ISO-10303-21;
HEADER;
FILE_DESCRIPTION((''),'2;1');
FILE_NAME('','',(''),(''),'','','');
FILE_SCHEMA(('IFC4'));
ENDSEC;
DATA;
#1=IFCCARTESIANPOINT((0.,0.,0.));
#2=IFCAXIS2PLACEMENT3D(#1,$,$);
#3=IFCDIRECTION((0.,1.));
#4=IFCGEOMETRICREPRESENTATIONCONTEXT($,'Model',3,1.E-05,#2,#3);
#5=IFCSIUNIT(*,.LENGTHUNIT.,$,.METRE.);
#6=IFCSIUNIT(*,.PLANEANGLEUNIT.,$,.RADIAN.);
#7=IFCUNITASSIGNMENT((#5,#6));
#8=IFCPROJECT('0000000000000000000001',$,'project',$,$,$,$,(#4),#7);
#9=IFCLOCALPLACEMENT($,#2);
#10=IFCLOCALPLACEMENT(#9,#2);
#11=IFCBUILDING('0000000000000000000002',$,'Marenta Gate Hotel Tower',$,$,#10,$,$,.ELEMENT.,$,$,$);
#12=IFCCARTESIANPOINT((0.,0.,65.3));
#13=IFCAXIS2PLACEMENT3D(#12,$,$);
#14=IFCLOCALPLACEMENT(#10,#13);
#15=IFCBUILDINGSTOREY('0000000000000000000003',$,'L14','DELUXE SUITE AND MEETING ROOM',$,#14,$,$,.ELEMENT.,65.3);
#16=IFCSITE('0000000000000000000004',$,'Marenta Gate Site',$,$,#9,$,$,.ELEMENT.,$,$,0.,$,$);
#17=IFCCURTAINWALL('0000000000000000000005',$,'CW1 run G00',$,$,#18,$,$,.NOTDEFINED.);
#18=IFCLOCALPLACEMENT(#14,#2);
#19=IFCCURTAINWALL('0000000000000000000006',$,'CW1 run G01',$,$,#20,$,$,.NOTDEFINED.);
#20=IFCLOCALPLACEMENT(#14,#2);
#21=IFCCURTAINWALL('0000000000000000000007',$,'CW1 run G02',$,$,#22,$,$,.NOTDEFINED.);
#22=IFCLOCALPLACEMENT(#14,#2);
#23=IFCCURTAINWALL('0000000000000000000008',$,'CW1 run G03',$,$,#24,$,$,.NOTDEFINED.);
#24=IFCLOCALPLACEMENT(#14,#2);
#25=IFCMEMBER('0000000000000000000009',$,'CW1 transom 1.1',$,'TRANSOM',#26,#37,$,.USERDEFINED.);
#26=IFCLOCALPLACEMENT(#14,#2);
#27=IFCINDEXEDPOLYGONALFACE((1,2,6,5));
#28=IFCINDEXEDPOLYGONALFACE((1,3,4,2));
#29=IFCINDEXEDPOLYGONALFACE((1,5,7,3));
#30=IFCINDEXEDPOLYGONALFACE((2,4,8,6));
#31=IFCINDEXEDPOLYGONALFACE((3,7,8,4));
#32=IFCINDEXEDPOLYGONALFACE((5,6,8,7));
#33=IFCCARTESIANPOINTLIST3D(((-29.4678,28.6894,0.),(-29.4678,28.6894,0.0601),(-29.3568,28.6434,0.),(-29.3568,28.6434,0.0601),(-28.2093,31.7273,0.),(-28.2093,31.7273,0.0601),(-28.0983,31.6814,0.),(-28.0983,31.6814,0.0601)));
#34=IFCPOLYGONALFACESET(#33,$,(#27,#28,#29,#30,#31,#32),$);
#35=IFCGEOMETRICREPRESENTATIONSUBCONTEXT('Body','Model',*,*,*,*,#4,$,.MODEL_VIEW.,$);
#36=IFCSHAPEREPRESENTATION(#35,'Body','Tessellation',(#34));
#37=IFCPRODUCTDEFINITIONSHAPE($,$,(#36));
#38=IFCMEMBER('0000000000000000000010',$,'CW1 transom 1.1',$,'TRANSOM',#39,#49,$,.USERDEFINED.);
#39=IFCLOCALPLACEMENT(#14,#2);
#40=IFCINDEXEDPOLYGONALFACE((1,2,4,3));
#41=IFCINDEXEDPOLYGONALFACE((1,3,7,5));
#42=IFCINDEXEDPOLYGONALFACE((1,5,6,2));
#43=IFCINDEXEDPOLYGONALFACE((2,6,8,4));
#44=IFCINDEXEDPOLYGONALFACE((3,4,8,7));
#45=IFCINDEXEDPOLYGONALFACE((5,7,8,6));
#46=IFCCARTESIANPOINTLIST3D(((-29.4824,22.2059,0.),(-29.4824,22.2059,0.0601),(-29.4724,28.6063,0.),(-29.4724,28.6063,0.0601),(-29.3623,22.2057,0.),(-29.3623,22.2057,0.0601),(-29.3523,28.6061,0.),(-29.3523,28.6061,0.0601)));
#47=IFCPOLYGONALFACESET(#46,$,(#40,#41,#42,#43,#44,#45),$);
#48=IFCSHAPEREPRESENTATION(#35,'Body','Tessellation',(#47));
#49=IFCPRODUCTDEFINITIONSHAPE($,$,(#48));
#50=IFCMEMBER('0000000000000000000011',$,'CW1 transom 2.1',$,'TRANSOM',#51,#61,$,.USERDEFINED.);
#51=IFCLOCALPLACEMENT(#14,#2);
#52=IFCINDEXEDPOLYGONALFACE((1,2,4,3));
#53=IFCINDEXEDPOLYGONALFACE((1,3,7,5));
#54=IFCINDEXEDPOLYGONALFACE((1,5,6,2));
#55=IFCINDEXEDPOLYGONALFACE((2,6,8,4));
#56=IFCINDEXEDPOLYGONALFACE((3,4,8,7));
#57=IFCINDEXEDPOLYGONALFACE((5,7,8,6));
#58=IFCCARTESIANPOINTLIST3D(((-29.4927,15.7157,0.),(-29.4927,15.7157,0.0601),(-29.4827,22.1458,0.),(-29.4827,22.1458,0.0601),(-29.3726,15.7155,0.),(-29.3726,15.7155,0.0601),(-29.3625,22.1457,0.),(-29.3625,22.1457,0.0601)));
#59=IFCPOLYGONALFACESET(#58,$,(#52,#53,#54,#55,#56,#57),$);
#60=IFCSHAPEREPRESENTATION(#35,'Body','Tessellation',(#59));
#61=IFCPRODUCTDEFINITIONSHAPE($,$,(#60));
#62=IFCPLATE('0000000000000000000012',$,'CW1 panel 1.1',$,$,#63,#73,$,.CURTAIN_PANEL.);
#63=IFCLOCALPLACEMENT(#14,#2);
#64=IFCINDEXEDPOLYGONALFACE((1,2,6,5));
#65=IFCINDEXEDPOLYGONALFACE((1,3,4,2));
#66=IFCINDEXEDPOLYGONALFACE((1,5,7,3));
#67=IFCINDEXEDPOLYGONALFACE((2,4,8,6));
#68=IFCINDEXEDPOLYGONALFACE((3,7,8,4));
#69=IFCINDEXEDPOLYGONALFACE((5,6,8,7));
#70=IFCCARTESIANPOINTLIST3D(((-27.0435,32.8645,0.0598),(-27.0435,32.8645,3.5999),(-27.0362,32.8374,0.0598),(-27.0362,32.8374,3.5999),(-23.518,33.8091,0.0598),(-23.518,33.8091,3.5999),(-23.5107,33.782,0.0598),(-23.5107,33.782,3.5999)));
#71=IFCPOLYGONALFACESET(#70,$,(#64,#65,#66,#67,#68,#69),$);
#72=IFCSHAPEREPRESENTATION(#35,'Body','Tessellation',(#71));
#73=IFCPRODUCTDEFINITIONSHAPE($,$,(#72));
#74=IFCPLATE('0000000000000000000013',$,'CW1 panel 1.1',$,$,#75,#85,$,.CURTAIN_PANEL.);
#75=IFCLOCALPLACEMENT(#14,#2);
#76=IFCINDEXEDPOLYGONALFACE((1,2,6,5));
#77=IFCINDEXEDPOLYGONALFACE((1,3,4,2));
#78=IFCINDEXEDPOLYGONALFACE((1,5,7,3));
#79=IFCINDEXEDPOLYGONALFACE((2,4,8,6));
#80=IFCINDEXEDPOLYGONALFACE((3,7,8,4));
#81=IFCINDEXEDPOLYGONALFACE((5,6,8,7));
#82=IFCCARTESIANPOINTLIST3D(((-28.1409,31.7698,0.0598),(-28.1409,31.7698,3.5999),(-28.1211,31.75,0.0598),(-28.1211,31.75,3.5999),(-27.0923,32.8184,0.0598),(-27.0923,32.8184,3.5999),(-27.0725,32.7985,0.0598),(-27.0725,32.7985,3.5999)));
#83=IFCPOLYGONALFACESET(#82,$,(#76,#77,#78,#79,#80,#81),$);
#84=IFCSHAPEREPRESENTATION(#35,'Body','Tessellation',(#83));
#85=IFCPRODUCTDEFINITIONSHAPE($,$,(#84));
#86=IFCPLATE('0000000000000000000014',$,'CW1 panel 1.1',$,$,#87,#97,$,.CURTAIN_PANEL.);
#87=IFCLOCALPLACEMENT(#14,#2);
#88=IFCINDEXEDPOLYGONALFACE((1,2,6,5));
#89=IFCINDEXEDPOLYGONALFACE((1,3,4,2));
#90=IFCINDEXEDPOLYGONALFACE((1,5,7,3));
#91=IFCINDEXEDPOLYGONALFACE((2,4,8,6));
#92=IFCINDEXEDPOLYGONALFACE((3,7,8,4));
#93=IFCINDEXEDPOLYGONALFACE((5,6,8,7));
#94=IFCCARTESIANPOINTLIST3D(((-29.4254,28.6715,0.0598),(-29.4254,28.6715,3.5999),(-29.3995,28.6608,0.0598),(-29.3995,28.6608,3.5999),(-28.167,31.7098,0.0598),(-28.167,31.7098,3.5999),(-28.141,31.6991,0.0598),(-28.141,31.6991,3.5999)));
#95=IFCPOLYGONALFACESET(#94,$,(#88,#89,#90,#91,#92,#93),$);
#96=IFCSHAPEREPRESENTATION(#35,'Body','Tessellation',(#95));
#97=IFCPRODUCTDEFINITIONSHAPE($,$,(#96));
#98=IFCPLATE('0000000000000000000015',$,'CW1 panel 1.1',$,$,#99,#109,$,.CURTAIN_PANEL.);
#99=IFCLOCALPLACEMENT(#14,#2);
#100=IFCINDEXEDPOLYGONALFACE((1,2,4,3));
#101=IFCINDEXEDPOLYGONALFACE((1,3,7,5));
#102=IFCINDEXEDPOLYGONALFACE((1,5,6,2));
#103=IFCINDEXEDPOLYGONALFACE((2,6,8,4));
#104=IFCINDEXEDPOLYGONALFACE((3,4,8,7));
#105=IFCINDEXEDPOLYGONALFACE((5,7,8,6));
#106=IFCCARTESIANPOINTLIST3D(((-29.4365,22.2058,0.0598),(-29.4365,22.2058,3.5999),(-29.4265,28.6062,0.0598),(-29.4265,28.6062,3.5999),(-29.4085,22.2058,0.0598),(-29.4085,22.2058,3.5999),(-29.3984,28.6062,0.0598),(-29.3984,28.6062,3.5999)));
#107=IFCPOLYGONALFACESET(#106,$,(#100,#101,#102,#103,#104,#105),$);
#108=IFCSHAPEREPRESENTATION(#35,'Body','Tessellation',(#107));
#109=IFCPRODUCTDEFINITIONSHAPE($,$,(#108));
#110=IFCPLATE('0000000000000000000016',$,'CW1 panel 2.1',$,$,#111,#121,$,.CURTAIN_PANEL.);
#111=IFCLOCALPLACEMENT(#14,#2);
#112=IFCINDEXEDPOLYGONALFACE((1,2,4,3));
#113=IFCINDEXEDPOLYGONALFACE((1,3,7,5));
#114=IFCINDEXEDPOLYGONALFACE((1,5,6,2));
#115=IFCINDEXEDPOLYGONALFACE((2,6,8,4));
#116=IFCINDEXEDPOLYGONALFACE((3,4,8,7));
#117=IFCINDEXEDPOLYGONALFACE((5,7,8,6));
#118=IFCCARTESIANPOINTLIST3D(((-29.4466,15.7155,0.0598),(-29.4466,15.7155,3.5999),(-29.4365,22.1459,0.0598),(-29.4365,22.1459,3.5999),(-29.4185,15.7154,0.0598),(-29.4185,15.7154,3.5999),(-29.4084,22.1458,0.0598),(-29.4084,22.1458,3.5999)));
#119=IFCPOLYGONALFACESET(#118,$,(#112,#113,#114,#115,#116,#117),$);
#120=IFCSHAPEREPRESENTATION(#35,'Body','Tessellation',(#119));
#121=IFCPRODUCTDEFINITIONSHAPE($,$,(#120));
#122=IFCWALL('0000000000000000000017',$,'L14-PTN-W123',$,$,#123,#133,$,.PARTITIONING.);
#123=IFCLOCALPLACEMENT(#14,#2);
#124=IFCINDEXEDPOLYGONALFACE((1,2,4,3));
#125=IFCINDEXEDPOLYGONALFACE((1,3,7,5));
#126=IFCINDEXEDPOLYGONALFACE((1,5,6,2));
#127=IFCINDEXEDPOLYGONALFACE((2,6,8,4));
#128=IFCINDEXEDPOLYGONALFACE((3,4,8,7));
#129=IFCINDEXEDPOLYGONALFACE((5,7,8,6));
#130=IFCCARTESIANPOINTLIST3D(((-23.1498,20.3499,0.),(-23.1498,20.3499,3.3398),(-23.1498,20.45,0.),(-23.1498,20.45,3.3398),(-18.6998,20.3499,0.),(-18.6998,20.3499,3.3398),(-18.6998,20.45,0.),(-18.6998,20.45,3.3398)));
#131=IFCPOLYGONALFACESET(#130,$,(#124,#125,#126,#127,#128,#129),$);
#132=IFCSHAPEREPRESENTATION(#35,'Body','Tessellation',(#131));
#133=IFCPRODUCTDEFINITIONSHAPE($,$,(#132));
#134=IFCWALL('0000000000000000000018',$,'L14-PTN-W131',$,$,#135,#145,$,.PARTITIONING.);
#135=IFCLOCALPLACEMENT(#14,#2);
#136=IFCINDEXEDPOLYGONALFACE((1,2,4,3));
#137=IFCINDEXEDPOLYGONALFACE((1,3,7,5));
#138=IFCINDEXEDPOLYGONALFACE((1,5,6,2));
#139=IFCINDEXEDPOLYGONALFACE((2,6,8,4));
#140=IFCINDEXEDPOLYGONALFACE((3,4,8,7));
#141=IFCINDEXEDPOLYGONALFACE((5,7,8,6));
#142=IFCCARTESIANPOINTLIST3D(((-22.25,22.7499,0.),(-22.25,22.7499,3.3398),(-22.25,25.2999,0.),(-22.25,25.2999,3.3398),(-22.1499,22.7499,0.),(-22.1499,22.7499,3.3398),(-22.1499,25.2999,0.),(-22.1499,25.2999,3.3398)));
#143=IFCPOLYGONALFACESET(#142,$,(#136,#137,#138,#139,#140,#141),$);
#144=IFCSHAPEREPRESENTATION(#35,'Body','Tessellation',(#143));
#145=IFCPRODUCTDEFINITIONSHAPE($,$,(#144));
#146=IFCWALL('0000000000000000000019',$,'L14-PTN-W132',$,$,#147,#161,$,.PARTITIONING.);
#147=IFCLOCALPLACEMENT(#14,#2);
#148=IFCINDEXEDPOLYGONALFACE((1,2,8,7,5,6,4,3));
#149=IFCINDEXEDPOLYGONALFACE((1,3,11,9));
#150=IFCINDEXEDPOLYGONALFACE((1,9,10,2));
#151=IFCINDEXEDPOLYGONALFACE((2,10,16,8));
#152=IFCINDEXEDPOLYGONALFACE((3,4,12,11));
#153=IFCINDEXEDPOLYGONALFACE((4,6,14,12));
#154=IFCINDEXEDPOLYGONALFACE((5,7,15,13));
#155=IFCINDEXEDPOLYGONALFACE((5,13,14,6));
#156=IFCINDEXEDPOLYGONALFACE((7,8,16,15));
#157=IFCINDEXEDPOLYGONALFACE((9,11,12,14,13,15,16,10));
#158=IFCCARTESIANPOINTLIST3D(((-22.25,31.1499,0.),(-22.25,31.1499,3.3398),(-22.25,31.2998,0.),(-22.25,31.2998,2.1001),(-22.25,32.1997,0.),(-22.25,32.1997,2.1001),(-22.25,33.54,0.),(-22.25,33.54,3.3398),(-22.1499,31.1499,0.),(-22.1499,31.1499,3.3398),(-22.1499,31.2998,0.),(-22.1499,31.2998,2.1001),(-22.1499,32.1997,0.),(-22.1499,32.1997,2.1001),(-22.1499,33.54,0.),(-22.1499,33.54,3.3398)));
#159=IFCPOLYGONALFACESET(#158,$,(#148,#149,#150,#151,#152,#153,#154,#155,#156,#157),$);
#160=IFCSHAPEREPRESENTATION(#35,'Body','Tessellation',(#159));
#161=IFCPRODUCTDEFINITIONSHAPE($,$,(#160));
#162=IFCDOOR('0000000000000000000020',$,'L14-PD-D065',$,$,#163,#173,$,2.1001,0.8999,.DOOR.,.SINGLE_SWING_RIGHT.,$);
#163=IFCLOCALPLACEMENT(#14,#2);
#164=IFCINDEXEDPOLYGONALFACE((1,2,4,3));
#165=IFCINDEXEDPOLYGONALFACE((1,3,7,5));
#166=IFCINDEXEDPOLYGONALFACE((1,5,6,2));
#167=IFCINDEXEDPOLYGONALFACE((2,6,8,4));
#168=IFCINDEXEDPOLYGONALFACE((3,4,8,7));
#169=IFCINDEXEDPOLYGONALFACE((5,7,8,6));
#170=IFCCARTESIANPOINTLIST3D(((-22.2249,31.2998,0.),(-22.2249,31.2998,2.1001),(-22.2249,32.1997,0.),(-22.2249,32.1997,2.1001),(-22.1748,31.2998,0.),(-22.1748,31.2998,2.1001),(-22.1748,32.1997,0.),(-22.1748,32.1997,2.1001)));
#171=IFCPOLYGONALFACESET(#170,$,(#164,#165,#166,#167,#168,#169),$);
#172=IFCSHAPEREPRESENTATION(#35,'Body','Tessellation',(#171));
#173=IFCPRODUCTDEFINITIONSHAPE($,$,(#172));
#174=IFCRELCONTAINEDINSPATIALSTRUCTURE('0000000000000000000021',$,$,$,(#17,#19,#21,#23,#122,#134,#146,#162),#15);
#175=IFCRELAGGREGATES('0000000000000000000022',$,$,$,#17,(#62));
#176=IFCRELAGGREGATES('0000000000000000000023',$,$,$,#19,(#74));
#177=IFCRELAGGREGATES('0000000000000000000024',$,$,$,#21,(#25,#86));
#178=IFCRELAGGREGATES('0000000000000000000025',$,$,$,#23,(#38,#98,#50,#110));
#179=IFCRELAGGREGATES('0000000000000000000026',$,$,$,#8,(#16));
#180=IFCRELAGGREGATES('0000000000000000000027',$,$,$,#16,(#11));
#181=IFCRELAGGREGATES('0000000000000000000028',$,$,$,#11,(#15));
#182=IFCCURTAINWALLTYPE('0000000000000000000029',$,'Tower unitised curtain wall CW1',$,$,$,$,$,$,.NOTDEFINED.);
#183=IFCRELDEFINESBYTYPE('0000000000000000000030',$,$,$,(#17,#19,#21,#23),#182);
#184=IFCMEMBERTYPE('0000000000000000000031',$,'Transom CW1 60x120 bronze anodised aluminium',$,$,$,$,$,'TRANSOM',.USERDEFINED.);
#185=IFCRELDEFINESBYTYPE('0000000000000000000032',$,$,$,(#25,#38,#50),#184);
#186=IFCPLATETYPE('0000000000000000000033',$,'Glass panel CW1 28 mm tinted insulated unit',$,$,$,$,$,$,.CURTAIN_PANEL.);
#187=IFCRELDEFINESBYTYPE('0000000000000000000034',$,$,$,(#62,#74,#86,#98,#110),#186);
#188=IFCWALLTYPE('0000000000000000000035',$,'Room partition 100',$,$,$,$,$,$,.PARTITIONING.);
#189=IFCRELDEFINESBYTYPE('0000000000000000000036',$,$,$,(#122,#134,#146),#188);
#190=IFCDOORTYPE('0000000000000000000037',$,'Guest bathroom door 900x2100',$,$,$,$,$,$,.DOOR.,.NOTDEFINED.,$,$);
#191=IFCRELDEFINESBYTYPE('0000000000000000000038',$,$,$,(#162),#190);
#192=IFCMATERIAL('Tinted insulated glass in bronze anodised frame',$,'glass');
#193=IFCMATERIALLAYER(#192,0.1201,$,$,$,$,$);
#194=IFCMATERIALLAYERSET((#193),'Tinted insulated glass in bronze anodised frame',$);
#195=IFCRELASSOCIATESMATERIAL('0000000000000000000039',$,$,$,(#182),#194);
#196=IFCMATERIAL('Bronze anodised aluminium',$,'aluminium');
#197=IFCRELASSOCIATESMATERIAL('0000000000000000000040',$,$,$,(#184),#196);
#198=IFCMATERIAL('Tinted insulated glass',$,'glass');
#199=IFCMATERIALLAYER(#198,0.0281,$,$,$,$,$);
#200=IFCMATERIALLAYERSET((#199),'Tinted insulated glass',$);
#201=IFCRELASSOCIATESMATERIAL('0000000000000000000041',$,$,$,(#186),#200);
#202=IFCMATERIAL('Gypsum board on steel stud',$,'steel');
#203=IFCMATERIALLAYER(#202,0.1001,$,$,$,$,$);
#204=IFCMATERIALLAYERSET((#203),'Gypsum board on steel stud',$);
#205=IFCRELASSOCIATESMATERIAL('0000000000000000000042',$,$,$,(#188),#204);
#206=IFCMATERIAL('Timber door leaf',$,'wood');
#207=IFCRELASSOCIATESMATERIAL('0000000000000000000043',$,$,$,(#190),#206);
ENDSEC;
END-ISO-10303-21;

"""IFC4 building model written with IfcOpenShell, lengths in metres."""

from ifc_helpers import new_model, si_unit, direction, frame, frame_2d, origin, origin_2d, place, context, subcontext, project, spatial, rectangle, extrude, material, layer, layer_set, material_profile, profile_set, type_object, element, fill, aggregate, save


model = new_model("IFC4")

# Units and contexts
model_context = context("Model", 3, precision=1e-05, world=origin(), true_north=direction((0.0, 1.0)))
body_context = subcontext(model_context, "Body", "Model", "MODEL_VIEW")
ifc_project = project(units=[si_unit("LENGTHUNIT", "METRE"), si_unit("PLANEANGLEUNIT", "RADIAN")], contexts=[model_context])

# Site, building, storey
site_placement = place(None, origin())
site = spatial("IfcSite", under=ifc_project, at=site_placement, Name="Marenta Gate Site", CompositionType="ELEMENT", RefElevation=0.0)
building_placement = place(site_placement, origin())
building = spatial("IfcBuilding", under=site, at=building_placement, Name="Marenta Gate Hotel Tower", CompositionType="ELEMENT")
storey_placement = place(building_placement, frame((0.0, 0.0, 65.3)))
storey = spatial("IfcBuildingStorey", under=building, at=storey_placement, Name="L14", Description="DELUXE SUITE AND MEETING ROOM", CompositionType="ELEMENT", Elevation=65.3)

# Curtain walls
ifc_material_1 = material(Name="Tinted insulated glass in bronze anodised frame", Category="glass")
ifc_layer_1 = layer(ifc_material_1, 0.1201)
ifc_layer_set_1 = layer_set([ifc_layer_1], Name="Tinted insulated glass in bronze anodised frame")
curtain_wall_type = type_object("IfcCurtainWallType", Name="Tower unitised curtain wall CW1", PredefinedType="NOTDEFINED", material=ifc_layer_set_1)
curtain_wall_1_placement = place(storey_placement, origin())
curtain_wall_1 = element("IfcCurtainWall", 1, at=curtain_wall_1_placement, inside=storey, type_object=curtain_wall_type, Name="CW1 run G00", PredefinedType="NOTDEFINED")
curtain_wall_2_placement = place(storey_placement, origin())
curtain_wall_2 = element("IfcCurtainWall", 2, at=curtain_wall_2_placement, inside=storey, type_object=curtain_wall_type, Name="CW1 run G01", PredefinedType="NOTDEFINED")
curtain_wall_3_placement = place(storey_placement, origin())
curtain_wall_3 = element("IfcCurtainWall", 3, at=curtain_wall_3_placement, inside=storey, type_object=curtain_wall_type, Name="CW1 run G02", PredefinedType="NOTDEFINED")

# Curtain wall
curtain_wall_4_placement = place(storey_placement, origin())
curtain_wall_4 = element("IfcCurtainWall", 4, at=curtain_wall_4_placement, inside=storey, type_object=curtain_wall_type, Name="CW1 run G03", PredefinedType="NOTDEFINED")

# Members
ifc_material_2 = material(Name="Bronze anodised aluminium", Category="aluminium")
ifc_material_profile_1 = material_profile(ifc_material_2, rectangle(XDim=0.1201, YDim=0.0601, at=origin_2d()), Name="Transom CW1 60x120 bronze anodised aluminium")
ifc_profile_set_1 = profile_set([ifc_material_profile_1], Name="Bronze anodised aluminium")
member_type_1 = type_object("IfcMemberType", Name="Transom CW1 60x120 bronze anodised aluminium", ElementType="TRANSOM", PredefinedType="USERDEFINED", material=ifc_profile_set_1)
member_1_placement = place(storey_placement, frame((-28.1538, 31.7043, 0.03), z_axis=(-0.382717, -0.923866, 0.0), x_axis=(0.923866, -0.382717, 0.0)))
member_1 = element("IfcMember", 5, at=member_1_placement, type_object=member_type_1, Name="CW1 transom 1.1", ObjectType="TRANSOM", PredefinedType="USERDEFINED", context=body_context, shape_type="SweptSolid", body=[
    extrude(rectangle(XDim=0.1201, YDim=0.0601, at=origin_2d()), origin(), (0.0, 0.0, 1.0), 3.2883),
])
member_2_placement = place(storey_placement, frame((-29.4124, 28.6062, 0.03), z_axis=(-0.001564, -0.999999, 0.0), x_axis=(0.999999, -0.001564, 0.0)))
member_2 = element("IfcMember", 6, at=member_2_placement, type_object=member_type_1, Name="CW1 transom 1.1", ObjectType="TRANSOM", PredefinedType="USERDEFINED", context=body_context, shape_type="SweptSolid", body=[
    extrude(rectangle(XDim=0.1201, YDim=0.0601, at=origin_2d()), origin(), (0.0, 0.0, 1.0), 6.4004),
])
member_3_placement = place(storey_placement, frame((-29.4226, 22.1458, 0.03), z_axis=(-0.001557, -0.999999, 0.0), x_axis=(0.999999, -0.001557, 0.0)))
member_3 = element("IfcMember", 7, at=member_3_placement, type_object=member_type_1, Name="CW1 transom 2.1", ObjectType="TRANSOM", PredefinedType="USERDEFINED", context=body_context, shape_type="SweptSolid", body=[
    extrude(rectangle(XDim=0.1201, YDim=0.0601, at=origin_2d()), origin(), (0.0, 0.0, 1.0), 6.4302),
])

# Plates
ifc_material_3 = material(Name="Tinted insulated glass", Category="glass")
ifc_layer_2 = layer(ifc_material_3, 0.0281)
ifc_layer_set_2 = layer_set([ifc_layer_2], Name="Tinted insulated glass")
plate_type = type_object("IfcPlateType", Name="Glass panel CW1 28 mm tinted insulated unit", PredefinedType="CURTAIN_PANEL", material=ifc_layer_set_2)
plate_1_placement = place(storey_placement, frame((-25.2771, 33.3232, 0.0598), z_axis=(0.0, 0.0, 1.0), x_axis=(-0.96593, -0.258802, 0.0)))
plate_1 = element("IfcPlate", 8, at=plate_1_placement, type_object=plate_type, Name="CW1 panel 1.1", PredefinedType="CURTAIN_PANEL", context=body_context, shape_type="SweptSolid", body=[
    extrude(rectangle(XDim=3.6499, YDim=0.0281, at=origin_2d()), origin(), (0.0, 0.0, 1.0), 3.54),
])
aggregate(curtain_wall_1, [plate_1])
plate_2_placement = place(storey_placement, frame((-27.6067, 32.2842, 0.0598), z_axis=(0.0, 0.0, 1.0), x_axis=(-0.707107, -0.707107, 0.0)))
plate_2 = element("IfcPlate", 9, at=plate_2_placement, type_object=plate_type, Name="CW1 panel 1.1", PredefinedType="CURTAIN_PANEL", context=body_context, shape_type="SweptSolid", body=[
    extrude(rectangle(XDim=1.4829, YDim=0.0281, at=origin_2d()), origin(), (0.0, 0.0, 1.0), 3.54),
])
aggregate(curtain_wall_2, [plate_2])
plate_3_placement = place(storey_placement, frame((-28.7832, 30.1853, 0.0598), z_axis=(0.0, 0.0, 1.0), x_axis=(-0.38267, -0.923885, 0.0)))
plate_3 = element("IfcPlate", 10, at=plate_3_placement, type_object=plate_type, Name="CW1 panel 1.1", PredefinedType="CURTAIN_PANEL", context=body_context, shape_type="SweptSolid", body=[
    extrude(rectangle(XDim=3.2886, YDim=0.0281, at=origin_2d()), origin(), (0.0, 0.0, 1.0), 3.54),
])
aggregate(curtain_wall_3, [member_1, plate_3])
plate_4_placement = place(storey_placement, frame((-29.4175, 25.406, 0.0598), z_axis=(0.0, 0.0, 1.0), x_axis=(-0.001566, -0.999999, 0.0)))
plate_4 = element("IfcPlate", 11, at=plate_4_placement, type_object=plate_type, Name="CW1 panel 1.1", PredefinedType="CURTAIN_PANEL", context=body_context, shape_type="SweptSolid", body=[
    extrude(rectangle(XDim=6.4004, YDim=0.0281, at=origin_2d()), origin(), (0.0, 0.0, 1.0), 3.54),
])
plate_5_placement = place(storey_placement, frame((-29.4275, 18.9307, 0.0598), z_axis=(0.0, 0.0, 1.0), x_axis=(-0.001566, -0.999999, 0.0)))
plate_5 = element("IfcPlate", 12, at=plate_5_placement, type_object=plate_type, Name="CW1 panel 2.1", PredefinedType="CURTAIN_PANEL", context=body_context, shape_type="SweptSolid", body=[
    extrude(rectangle(XDim=6.4304, YDim=0.0281, at=origin_2d()), origin(), (0.0, 0.0, 1.0), 3.54),
])
aggregate(curtain_wall_4, [member_2, plate_4, member_3, plate_5])

# Walls
ifc_material_4 = material(Name="Gypsum board on steel stud", Category="steel")
ifc_layer_3 = layer(ifc_material_4, 0.1001)
ifc_layer_set_3 = layer_set([ifc_layer_3], Name="Gypsum board on steel stud")
wall_type_1 = type_object("IfcWallType", Name="Room partition 100", PredefinedType="PARTITIONING", material=ifc_layer_set_3)
wall_1_placement = place(storey_placement, frame((-23.1499, 20.3999, 0.0), z_axis=(0.0, 0.0, 1.0), x_axis=(1.0, 0.0, 0.0)))
element("IfcWall", 13, at=wall_1_placement, inside=storey, type_object=wall_type_1, Name="L14-PTN-W123", PredefinedType="PARTITIONING", context=body_context, shape_type="SweptSolid", body=[
    extrude(rectangle(XDim=4.45, YDim=0.1001, at=frame_2d((2.2251, 0.0))), origin(), (0.0, 0.0, 1.0), 3.3398),
])
wall_2_placement = place(storey_placement, frame((-22.2, 22.75, 0.0), z_axis=(0.0, 0.0, 1.0), x_axis=(0.0, 1.0, 0.0)))
element("IfcWall", 14, at=wall_2_placement, inside=storey, type_object=wall_type_1, Name="L14-PTN-W131", PredefinedType="PARTITIONING", context=body_context, shape_type="SweptSolid", body=[
    extrude(rectangle(XDim=2.55, YDim=0.1001, at=frame_2d((1.2749, 0.0))), origin(), (0.0, 0.0, 1.0), 3.3398),
])

# Wall, opening, door
wall_3_placement = place(storey_placement, frame((-22.2, 31.1499, 0.0), z_axis=(0.0, 0.0, 1.0), x_axis=(0.0, 1.0, 0.0)))
wall_3 = element("IfcWall", 15, at=wall_3_placement, inside=storey, type_object=wall_type_1, Name="L14-PTN-W132", PredefinedType="PARTITIONING", context=body_context, shape_type="SweptSolid", body=[
    extrude(rectangle(XDim=2.3901, YDim=0.1001, at=frame_2d((1.1951, 0.0))), origin(), (0.0, 0.0, 1.0), 3.3398),
])
opening_1_placement = place(wall_3_placement, frame((0.1499, 0.0, 0.0)))
opening_1 = element("IfcOpeningElement", 16, at=opening_1_placement, cuts=wall_3, PredefinedType="OPENING", context=body_context, shape_type="SweptSolid", body=[
    extrude(rectangle(XDim=0.8999, YDim=2.1001, at=frame_2d((0.45, 1.05))), frame((0.0, 0.05, 0.0), z_axis=(0.0, -1.0, 0.0), x_axis=(1.0, 0.0, 0.0)), (0.0, 0.0, 1.0), 0.1001),
])
ifc_material_5 = material(Name="Timber door leaf", Category="wood")
door_type_1 = type_object("IfcDoorType", Name="Guest bathroom door 900x2100", OperationType="NOTDEFINED", PredefinedType="DOOR", material=ifc_material_5)
door_1_placement = place(opening_1_placement, origin())
door_1 = element("IfcDoor", 17, at=door_1_placement, inside=storey, type_object=door_type_1, Name="L14-PD-D065", OperationType="SINGLE_SWING_RIGHT", OverallHeight=2.1001, OverallWidth=0.8999, PredefinedType="DOOR", context=body_context, shape_type="SweptSolid", body=[
    extrude(rectangle(XDim=0.8999, YDim=2.1001, at=frame_2d((0.45, 1.05))), frame((0.0, 0.0249, 0.0), z_axis=(0.0, -1.0, 0.0), x_axis=(1.0, 0.0, 0.0)), (0.0, 0.0, 1.0), 0.05),
])
fill(opening_1, door_1)

save(model, "model.ifc")
